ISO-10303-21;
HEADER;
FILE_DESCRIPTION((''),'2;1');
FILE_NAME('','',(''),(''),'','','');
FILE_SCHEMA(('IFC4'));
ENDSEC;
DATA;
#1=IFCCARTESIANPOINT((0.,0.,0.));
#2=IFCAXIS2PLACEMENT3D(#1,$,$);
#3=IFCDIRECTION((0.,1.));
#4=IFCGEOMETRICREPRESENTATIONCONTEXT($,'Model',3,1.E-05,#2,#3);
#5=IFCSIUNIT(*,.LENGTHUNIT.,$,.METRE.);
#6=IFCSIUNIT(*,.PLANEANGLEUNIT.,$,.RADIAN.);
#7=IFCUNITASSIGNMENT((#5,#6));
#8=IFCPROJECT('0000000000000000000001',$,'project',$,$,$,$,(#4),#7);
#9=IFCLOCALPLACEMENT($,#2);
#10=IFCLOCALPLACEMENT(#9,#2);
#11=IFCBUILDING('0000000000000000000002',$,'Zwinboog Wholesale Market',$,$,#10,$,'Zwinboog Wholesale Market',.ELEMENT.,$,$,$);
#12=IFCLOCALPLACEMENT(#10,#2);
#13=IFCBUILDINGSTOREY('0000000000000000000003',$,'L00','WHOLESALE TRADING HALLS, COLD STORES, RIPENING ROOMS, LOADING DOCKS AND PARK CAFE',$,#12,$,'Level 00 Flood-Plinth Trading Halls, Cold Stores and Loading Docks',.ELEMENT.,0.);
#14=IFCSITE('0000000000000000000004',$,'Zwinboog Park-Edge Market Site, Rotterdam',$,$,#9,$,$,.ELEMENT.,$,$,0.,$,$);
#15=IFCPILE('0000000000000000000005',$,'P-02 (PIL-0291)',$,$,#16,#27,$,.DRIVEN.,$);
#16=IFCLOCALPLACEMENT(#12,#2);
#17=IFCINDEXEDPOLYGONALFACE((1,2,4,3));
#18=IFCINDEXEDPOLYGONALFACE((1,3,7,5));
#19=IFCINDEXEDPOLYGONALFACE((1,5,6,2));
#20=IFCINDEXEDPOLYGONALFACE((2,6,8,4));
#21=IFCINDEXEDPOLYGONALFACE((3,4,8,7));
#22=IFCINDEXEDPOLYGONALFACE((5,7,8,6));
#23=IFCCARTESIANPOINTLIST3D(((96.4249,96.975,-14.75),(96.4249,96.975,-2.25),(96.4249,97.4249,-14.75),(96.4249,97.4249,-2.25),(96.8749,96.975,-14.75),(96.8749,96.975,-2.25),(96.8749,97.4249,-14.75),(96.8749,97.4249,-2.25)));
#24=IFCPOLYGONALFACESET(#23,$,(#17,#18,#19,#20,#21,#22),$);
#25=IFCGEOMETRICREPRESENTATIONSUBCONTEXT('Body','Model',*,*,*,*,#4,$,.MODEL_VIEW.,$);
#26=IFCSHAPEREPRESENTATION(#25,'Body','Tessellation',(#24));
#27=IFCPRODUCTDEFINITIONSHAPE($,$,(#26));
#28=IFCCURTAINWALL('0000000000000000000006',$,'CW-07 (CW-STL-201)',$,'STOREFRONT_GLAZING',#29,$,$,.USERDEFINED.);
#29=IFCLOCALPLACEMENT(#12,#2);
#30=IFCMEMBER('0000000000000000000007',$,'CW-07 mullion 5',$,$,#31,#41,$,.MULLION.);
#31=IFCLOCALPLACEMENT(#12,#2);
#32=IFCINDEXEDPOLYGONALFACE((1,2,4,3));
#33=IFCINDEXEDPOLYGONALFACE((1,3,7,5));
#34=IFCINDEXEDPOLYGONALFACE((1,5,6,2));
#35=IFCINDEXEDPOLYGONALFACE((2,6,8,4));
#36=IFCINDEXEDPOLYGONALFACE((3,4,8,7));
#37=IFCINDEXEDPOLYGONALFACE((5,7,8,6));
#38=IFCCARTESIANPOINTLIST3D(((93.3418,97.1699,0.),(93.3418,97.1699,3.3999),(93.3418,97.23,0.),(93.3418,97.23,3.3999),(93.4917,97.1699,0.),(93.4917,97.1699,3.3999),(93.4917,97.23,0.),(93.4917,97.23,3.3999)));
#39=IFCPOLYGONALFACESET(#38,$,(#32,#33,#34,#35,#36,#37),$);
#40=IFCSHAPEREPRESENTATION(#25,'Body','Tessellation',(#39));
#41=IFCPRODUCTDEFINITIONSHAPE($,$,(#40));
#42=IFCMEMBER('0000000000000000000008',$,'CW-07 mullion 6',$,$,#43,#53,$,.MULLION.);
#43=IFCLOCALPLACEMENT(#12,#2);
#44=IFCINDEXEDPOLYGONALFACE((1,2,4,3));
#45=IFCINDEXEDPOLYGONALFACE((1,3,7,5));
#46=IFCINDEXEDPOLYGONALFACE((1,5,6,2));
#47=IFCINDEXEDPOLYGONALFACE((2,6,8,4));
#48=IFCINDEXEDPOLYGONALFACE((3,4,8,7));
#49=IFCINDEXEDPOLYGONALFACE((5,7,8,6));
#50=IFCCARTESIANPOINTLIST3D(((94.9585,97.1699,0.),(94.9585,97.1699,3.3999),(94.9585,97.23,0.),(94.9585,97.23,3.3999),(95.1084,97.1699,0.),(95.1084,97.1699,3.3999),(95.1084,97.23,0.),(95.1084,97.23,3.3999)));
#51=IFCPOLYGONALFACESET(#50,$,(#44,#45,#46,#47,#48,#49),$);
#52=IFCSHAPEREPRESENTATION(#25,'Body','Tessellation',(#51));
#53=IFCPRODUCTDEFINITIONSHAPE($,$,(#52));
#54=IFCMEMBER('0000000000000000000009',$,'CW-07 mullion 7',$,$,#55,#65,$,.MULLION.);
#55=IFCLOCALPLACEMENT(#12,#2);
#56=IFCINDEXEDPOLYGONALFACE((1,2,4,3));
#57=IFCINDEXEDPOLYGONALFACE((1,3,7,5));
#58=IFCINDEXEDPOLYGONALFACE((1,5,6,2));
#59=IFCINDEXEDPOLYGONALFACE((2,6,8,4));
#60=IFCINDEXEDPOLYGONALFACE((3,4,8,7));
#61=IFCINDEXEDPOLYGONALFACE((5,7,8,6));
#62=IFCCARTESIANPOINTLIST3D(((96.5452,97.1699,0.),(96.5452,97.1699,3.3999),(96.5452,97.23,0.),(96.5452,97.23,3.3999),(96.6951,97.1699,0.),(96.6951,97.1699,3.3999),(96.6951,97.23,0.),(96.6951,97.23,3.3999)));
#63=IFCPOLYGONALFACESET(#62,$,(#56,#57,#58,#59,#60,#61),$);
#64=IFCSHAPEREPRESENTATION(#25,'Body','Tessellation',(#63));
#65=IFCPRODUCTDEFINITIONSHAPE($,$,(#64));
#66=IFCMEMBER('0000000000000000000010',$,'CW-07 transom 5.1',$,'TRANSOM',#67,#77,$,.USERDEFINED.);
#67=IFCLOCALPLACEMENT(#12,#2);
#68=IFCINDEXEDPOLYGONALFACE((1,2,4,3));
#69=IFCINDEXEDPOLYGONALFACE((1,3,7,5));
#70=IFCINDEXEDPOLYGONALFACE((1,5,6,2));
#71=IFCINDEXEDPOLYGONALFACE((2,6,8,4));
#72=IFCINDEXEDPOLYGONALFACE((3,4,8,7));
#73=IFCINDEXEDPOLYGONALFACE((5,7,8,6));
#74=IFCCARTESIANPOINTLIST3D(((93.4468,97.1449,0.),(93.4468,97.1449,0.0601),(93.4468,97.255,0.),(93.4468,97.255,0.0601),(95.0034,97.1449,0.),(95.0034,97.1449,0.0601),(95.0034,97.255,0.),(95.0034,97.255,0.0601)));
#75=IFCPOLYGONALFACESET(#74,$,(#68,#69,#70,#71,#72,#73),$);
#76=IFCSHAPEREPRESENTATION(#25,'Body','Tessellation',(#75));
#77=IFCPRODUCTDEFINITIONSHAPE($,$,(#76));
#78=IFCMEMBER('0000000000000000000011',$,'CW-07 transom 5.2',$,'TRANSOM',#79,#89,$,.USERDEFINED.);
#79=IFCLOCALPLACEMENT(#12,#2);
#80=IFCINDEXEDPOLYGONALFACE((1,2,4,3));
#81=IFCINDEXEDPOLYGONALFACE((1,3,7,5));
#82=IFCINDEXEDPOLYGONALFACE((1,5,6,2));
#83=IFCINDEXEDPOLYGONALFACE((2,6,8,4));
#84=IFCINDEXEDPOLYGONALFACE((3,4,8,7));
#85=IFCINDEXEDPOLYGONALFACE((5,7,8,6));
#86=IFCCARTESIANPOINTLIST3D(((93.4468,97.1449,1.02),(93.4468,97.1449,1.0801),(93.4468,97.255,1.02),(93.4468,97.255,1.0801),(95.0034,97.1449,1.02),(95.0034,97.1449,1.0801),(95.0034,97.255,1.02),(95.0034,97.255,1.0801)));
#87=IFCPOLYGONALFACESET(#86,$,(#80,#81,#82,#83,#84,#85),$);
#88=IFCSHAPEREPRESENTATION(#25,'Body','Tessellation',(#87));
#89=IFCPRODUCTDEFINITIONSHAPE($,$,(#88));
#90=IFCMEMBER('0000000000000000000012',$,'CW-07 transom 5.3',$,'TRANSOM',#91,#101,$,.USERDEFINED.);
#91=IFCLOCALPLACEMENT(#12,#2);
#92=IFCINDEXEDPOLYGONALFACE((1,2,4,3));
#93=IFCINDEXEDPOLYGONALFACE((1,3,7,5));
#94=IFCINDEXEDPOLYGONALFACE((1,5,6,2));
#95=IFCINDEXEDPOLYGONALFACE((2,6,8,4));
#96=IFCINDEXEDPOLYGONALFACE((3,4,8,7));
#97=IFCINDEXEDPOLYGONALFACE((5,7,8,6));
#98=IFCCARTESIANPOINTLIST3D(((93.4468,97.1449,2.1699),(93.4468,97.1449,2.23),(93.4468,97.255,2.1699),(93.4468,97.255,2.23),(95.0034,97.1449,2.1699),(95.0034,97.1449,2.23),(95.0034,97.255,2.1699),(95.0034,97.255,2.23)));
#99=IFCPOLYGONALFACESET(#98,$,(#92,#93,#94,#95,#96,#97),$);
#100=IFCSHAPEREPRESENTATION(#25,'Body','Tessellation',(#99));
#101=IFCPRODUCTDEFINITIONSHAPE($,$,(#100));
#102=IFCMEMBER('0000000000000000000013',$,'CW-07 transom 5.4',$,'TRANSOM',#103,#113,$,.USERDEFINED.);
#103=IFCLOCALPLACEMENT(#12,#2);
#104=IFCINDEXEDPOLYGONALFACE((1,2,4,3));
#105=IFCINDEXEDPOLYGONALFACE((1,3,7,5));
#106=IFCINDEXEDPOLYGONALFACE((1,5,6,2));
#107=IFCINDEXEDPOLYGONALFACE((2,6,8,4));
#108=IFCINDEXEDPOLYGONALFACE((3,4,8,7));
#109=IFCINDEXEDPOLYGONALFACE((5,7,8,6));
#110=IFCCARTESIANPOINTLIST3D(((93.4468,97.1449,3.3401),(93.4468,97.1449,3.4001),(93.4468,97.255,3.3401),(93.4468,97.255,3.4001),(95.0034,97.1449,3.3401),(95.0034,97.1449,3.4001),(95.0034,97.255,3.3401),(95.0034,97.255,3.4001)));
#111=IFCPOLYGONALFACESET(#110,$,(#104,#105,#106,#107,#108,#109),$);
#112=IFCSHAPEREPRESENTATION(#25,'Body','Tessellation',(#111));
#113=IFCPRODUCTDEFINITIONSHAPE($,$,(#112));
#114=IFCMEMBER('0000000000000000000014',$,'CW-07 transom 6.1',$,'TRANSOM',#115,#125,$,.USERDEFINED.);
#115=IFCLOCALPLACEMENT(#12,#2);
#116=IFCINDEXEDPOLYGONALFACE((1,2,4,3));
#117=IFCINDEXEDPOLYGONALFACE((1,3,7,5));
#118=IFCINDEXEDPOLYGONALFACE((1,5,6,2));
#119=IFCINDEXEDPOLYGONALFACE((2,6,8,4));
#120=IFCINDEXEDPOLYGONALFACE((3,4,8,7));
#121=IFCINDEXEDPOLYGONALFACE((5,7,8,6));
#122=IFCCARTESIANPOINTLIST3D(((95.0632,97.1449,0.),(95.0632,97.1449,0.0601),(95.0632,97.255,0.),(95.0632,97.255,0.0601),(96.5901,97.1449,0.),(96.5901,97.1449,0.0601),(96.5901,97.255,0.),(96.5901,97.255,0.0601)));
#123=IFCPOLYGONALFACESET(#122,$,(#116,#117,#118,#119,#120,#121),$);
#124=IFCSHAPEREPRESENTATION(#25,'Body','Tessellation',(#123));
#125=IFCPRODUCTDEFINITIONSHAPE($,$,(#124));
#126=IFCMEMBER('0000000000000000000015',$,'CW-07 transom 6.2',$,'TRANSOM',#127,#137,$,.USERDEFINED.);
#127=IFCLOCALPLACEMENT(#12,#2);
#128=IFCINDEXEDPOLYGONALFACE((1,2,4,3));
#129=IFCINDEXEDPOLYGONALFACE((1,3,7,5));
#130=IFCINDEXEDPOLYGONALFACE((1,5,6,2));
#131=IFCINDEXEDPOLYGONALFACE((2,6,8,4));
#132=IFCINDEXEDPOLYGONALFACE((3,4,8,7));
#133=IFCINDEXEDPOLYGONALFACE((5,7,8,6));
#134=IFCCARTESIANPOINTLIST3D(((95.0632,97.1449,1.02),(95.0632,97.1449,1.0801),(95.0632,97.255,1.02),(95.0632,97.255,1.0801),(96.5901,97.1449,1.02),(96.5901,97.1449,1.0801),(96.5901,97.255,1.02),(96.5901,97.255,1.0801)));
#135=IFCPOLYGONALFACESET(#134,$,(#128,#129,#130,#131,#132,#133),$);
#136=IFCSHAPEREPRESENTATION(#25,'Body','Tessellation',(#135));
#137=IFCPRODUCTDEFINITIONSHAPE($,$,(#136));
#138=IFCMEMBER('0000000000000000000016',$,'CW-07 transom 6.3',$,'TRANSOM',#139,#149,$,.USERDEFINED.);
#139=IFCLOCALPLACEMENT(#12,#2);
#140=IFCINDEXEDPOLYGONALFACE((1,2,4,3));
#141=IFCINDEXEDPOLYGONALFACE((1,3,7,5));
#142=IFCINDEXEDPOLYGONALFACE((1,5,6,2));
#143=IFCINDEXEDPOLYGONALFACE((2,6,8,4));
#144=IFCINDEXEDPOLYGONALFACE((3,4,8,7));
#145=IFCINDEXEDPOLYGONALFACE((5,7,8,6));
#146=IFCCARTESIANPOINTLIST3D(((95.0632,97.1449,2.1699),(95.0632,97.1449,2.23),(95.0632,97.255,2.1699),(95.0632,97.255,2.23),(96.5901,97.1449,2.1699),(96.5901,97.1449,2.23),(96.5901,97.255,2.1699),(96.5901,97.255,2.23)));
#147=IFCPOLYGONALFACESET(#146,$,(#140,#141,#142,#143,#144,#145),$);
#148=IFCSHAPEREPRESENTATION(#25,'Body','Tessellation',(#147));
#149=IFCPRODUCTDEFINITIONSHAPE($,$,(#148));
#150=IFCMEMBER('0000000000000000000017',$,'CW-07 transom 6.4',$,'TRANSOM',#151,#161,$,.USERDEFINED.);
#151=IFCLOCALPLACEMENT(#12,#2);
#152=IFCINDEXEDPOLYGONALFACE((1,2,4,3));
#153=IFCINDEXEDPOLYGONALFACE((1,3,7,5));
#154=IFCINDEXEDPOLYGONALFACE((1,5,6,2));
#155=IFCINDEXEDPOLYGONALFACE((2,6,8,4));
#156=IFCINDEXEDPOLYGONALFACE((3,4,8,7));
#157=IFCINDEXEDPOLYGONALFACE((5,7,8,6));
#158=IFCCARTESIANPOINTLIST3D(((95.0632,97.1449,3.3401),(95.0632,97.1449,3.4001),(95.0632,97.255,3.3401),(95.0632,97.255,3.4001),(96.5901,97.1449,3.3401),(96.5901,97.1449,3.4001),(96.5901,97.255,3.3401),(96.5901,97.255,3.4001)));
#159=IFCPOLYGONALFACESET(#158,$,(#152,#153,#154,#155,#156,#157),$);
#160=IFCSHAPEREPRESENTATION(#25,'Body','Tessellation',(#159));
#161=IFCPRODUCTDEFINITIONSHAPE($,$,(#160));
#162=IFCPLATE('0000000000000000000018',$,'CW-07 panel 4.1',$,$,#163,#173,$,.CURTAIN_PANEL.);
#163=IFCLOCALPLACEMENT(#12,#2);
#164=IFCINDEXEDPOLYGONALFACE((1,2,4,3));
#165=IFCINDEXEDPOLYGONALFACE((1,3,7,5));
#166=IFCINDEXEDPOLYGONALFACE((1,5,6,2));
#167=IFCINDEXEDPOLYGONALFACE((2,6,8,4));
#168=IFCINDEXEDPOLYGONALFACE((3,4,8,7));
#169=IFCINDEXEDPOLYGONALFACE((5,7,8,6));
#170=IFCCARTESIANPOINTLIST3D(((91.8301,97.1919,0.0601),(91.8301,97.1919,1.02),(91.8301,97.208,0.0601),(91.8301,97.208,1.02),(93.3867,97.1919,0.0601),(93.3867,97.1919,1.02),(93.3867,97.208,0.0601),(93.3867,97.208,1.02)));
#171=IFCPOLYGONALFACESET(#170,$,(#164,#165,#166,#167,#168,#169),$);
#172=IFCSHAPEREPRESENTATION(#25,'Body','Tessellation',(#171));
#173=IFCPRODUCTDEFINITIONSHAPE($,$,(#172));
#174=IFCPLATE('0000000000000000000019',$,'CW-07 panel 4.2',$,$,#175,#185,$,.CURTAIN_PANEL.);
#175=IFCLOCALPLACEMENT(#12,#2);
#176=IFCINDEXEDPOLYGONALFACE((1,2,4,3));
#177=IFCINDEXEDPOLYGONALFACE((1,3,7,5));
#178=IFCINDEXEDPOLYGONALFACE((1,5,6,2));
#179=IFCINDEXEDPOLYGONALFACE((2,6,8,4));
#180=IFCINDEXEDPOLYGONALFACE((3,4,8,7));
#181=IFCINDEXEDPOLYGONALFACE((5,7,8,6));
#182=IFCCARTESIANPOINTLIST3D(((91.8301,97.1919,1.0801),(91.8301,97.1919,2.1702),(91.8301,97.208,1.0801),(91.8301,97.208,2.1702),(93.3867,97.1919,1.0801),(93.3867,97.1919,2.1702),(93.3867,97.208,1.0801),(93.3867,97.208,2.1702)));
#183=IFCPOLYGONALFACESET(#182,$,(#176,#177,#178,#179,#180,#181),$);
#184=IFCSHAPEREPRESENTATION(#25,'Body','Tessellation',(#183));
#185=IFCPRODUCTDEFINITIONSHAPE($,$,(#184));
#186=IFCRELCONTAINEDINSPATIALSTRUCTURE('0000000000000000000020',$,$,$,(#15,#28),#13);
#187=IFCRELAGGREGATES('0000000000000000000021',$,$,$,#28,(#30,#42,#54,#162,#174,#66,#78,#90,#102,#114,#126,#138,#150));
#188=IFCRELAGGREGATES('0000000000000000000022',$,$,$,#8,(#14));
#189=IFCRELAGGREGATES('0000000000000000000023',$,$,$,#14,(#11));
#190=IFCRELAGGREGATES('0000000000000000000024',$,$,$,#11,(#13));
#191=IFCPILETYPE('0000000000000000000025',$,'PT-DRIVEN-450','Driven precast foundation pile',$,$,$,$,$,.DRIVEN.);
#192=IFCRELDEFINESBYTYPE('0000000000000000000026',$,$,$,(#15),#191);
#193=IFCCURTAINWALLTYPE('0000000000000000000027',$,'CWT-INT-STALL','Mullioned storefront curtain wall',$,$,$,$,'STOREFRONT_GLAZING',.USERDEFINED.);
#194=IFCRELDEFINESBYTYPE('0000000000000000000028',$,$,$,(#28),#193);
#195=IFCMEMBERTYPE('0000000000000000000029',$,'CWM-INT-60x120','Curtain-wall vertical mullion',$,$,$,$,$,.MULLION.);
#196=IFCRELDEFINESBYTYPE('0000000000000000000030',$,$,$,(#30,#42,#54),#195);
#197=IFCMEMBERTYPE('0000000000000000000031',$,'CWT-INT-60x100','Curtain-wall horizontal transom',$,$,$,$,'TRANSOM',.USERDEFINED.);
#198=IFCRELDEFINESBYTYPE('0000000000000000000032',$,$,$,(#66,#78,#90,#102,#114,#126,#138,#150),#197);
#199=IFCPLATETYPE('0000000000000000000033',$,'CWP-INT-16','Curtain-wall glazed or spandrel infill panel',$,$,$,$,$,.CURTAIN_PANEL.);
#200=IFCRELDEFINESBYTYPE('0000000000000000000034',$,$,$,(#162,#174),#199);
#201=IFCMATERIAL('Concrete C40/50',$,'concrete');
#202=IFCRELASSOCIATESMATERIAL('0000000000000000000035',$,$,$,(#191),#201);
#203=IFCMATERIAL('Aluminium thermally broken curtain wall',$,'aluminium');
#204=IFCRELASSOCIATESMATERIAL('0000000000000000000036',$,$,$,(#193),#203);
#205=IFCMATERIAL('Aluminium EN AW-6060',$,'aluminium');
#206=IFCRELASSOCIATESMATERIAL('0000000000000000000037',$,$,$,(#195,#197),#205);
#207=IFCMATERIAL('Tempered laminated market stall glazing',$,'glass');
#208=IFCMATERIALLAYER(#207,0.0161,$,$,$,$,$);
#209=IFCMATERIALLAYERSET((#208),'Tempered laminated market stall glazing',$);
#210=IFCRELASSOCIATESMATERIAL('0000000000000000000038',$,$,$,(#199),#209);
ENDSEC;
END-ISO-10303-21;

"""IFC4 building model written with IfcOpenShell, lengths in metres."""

from ifc_helpers import new_model, si_unit, direction, frame, origin, origin_2d, place, context, subcontext, project, spatial, rectangle, extrude, material, layer, layer_set, material_profile, profile_set, type_object, element, aggregate, save


model = new_model("IFC4")

# Units and contexts
model_context = context("Model", 3, precision=1e-05, world=origin(), true_north=direction((0.0, 1.0)))
body_context = subcontext(model_context, "Body", "Model", "MODEL_VIEW")
ifc_project = project(units=[si_unit("LENGTHUNIT", "METRE"), si_unit("PLANEANGLEUNIT", "RADIAN")], contexts=[model_context])

# Site, building, storey
site_placement = place(None, origin())
site = spatial("IfcSite", under=ifc_project, at=site_placement, Name="Zwinboog Park-Edge Market Site, Rotterdam", CompositionType="ELEMENT", RefElevation=0.0)
building_placement = place(site_placement, origin())
building = spatial("IfcBuilding", under=site, at=building_placement, Name="Zwinboog Wholesale Market", LongName="Zwinboog Wholesale Market", CompositionType="ELEMENT")
storey_placement = place(building_placement, origin())
storey = spatial("IfcBuildingStorey", under=building, at=storey_placement, Name="L00", Description="WHOLESALE TRADING HALLS, COLD STORES, RIPENING ROOMS, LOADING DOCKS AND PARK CAFE", LongName="Level 00 Flood-Plinth Trading Halls, Cold Stores and Loading Docks", CompositionType="ELEMENT", Elevation=0.0)

# Pile
ifc_material_1 = material(Name="Concrete C40/50", Category="concrete")
ifc_material_profile_1 = material_profile(ifc_material_1, rectangle(XDim=0.45, YDim=0.45, at=origin_2d()), Name="PILE SQ450")
ifc_profile_set_1 = profile_set([ifc_material_profile_1], Name="Concrete C40/50")
pile_type = type_object("IfcPileType", Name="PT-DRIVEN-450", Description="Driven precast foundation pile", PredefinedType="DRIVEN", material=ifc_profile_set_1)
pile_placement = place(storey_placement, frame((96.6499, 97.2, -2.25), z_axis=(0.0, 0.0, -1.0), x_axis=(1.0, 0.0, 0.0)))
element("IfcPile", 1, at=pile_placement, inside=storey, type_object=pile_type, Name="P-02 (PIL-0291)", PredefinedType="DRIVEN", context=body_context, shape_type="SweptSolid", body=[
    extrude(rectangle(XDim=0.45, YDim=0.45, at=origin_2d()), origin(), (0.0, 0.0, 1.0), 12.5),
])

# Curtain wall, members, plates
ifc_material_2 = material(Name="Aluminium thermally broken curtain wall", Category="aluminium")
curtain_wall_type = type_object("IfcCurtainWallType", Name="CWT-INT-STALL", Description="Mullioned storefront curtain wall", ElementType="STOREFRONT_GLAZING", PredefinedType="USERDEFINED", material=ifc_material_2)
curtain_wall_placement = place(storey_placement, origin())
curtain_wall = element("IfcCurtainWall", 2, at=curtain_wall_placement, inside=storey, type_object=curtain_wall_type, Name="CW-07 (CW-STL-201)", ObjectType="STOREFRONT_GLAZING", PredefinedType="USERDEFINED")
ifc_material_3 = material(Name="Aluminium EN AW-6060", Category="aluminium")
ifc_material_profile_2 = material_profile(ifc_material_3, rectangle(XDim=0.0601, YDim=0.1499, at=origin_2d()), Name="AL 60x150")
ifc_profile_set_2 = profile_set([ifc_material_profile_2], Name="Aluminium EN AW-6060")
member_type_1 = type_object("IfcMemberType", Name="CWM-INT-60x120", Description="Curtain-wall vertical mullion", PredefinedType="MULLION", material=ifc_profile_set_2)
member_1_placement = place(storey_placement, frame((93.4167, 97.2, 0.0), z_axis=(0.0, 0.0, 1.0), x_axis=(0.0, 1.0, 0.0)))
member_1 = element("IfcMember", 3, at=member_1_placement, type_object=member_type_1, Name="CW-07 mullion 5", PredefinedType="MULLION", context=body_context, shape_type="SweptSolid", body=[
    extrude(rectangle(XDim=0.0601, YDim=0.1499, at=origin_2d()), origin(), (0.0, 0.0, 1.0), 3.3999),
])
member_2_placement = place(storey_placement, frame((95.0334, 97.2, 0.0), z_axis=(0.0, 0.0, 1.0), x_axis=(0.0, 1.0, 0.0)))
member_2 = element("IfcMember", 4, at=member_2_placement, type_object=member_type_1, Name="CW-07 mullion 6", PredefinedType="MULLION", context=body_context, shape_type="SweptSolid", body=[
    extrude(rectangle(XDim=0.0601, YDim=0.1499, at=origin_2d()), origin(), (0.0, 0.0, 1.0), 3.3999),
])
member_3_placement = place(storey_placement, frame((96.6201, 97.2, 0.0), z_axis=(0.0, 0.0, 1.0), x_axis=(0.0, 1.0, 0.0)))
member_3 = element("IfcMember", 5, at=member_3_placement, type_object=member_type_1, Name="CW-07 mullion 7", PredefinedType="MULLION", context=body_context, shape_type="SweptSolid", body=[
    extrude(rectangle(XDim=0.0601, YDim=0.1499, at=origin_2d()), origin(), (0.0, 0.0, 1.0), 3.3999),
])
ifc_material_profile_3 = material_profile(ifc_material_3, rectangle(XDim=0.1101, YDim=0.0601, at=origin_2d()), Name="AL 60x110")
ifc_profile_set_3 = profile_set([ifc_material_profile_3], Name="Aluminium EN AW-6060")
member_type_2 = type_object("IfcMemberType", Name="CWT-INT-60x100", Description="Curtain-wall horizontal transom", ElementType="TRANSOM", PredefinedType="USERDEFINED", material=ifc_profile_set_3)
member_4_placement = place(storey_placement, frame((93.4468, 97.2, 0.03), z_axis=(1.0, 0.0, 0.0), x_axis=(0.0, 1.0, 0.0)))
member_4 = element("IfcMember", 6, at=member_4_placement, type_object=member_type_2, Name="CW-07 transom 5.1", ObjectType="TRANSOM", PredefinedType="USERDEFINED", context=body_context, shape_type="SweptSolid", body=[
    extrude(rectangle(XDim=0.1101, YDim=0.0601, at=origin_2d()), origin(), (0.0, 0.0, 1.0), 1.5566),
])
member_5_placement = place(storey_placement, frame((93.4468, 97.2, 1.05), z_axis=(1.0, 0.0, 0.0), x_axis=(0.0, 1.0, 0.0)))
member_5 = element("IfcMember", 7, at=member_5_placement, type_object=member_type_2, Name="CW-07 transom 5.2", ObjectType="TRANSOM", PredefinedType="USERDEFINED", context=body_context, shape_type="SweptSolid", body=[
    extrude(rectangle(XDim=0.1101, YDim=0.0601, at=origin_2d()), origin(), (0.0, 0.0, 1.0), 1.5566),
])
member_6_placement = place(storey_placement, frame((93.4468, 97.2, 2.2), z_axis=(1.0, 0.0, 0.0), x_axis=(0.0, 1.0, 0.0)))
member_6 = element("IfcMember", 8, at=member_6_placement, type_object=member_type_2, Name="CW-07 transom 5.3", ObjectType="TRANSOM", PredefinedType="USERDEFINED", context=body_context, shape_type="SweptSolid", body=[
    extrude(rectangle(XDim=0.1101, YDim=0.0601, at=origin_2d()), origin(), (0.0, 0.0, 1.0), 1.5566),
])
member_7_placement = place(storey_placement, frame((93.4468, 97.2, 3.3701), z_axis=(1.0, 0.0, 0.0), x_axis=(0.0, 1.0, 0.0)))
member_7 = element("IfcMember", 9, at=member_7_placement, type_object=member_type_2, Name="CW-07 transom 5.4", ObjectType="TRANSOM", PredefinedType="USERDEFINED", context=body_context, shape_type="SweptSolid", body=[
    extrude(rectangle(XDim=0.1101, YDim=0.0601, at=origin_2d()), origin(), (0.0, 0.0, 1.0), 1.5566),
])
member_8_placement = place(storey_placement, frame((95.0632, 97.2, 0.03), z_axis=(1.0, 0.0, 0.0), x_axis=(0.0, 1.0, 0.0)))
member_8 = element("IfcMember", 10, at=member_8_placement, type_object=member_type_2, Name="CW-07 transom 6.1", ObjectType="TRANSOM", PredefinedType="USERDEFINED", context=body_context, shape_type="SweptSolid", body=[
    extrude(rectangle(XDim=0.1101, YDim=0.0601, at=origin_2d()), origin(), (0.0, 0.0, 1.0), 1.5269),
])
member_9_placement = place(storey_placement, frame((95.0632, 97.2, 1.05), z_axis=(1.0, 0.0, 0.0), x_axis=(0.0, 1.0, 0.0)))
member_9 = element("IfcMember", 11, at=member_9_placement, type_object=member_type_2, Name="CW-07 transom 6.2", ObjectType="TRANSOM", PredefinedType="USERDEFINED", context=body_context, shape_type="SweptSolid", body=[
    extrude(rectangle(XDim=0.1101, YDim=0.0601, at=origin_2d()), origin(), (0.0, 0.0, 1.0), 1.5269),
])
member_10_placement = place(storey_placement, frame((95.0632, 97.2, 2.2), z_axis=(1.0, 0.0, 0.0), x_axis=(0.0, 1.0, 0.0)))
member_10 = element("IfcMember", 12, at=member_10_placement, type_object=member_type_2, Name="CW-07 transom 6.3", ObjectType="TRANSOM", PredefinedType="USERDEFINED", context=body_context, shape_type="SweptSolid", body=[
    extrude(rectangle(XDim=0.1101, YDim=0.0601, at=origin_2d()), origin(), (0.0, 0.0, 1.0), 1.5269),
])
member_11_placement = place(storey_placement, frame((95.0632, 97.2, 3.3701), z_axis=(1.0, 0.0, 0.0), x_axis=(0.0, 1.0, 0.0)))
member_11 = element("IfcMember", 13, at=member_11_placement, type_object=member_type_2, Name="CW-07 transom 6.4", ObjectType="TRANSOM", PredefinedType="USERDEFINED", context=body_context, shape_type="SweptSolid", body=[
    extrude(rectangle(XDim=0.1101, YDim=0.0601, at=origin_2d()), origin(), (0.0, 0.0, 1.0), 1.5269),
])
ifc_material_4 = material(Name="Tempered laminated market stall glazing", Category="glass")
ifc_layer = layer(ifc_material_4, 0.0161)
ifc_layer_set = layer_set([ifc_layer], Name="Tempered laminated market stall glazing")
plate_type = type_object("IfcPlateType", Name="CWP-INT-16", Description="Curtain-wall glazed or spandrel infill panel", PredefinedType="CURTAIN_PANEL", material=ifc_layer_set)
plate_1_placement = place(storey_placement, frame((92.6084, 97.2, 0.0601), z_axis=(0.0, 0.0, 1.0), x_axis=(1.0, 0.0, 0.0)))
plate_1 = element("IfcPlate", 14, at=plate_1_placement, type_object=plate_type, Name="CW-07 panel 4.1", PredefinedType="CURTAIN_PANEL", context=body_context, shape_type="SweptSolid", body=[
    extrude(rectangle(XDim=1.5566, YDim=0.0161, at=origin_2d()), origin(), (0.0, 0.0, 1.0), 0.96),
])
plate_2_placement = place(storey_placement, frame((92.6084, 97.2, 1.0801), z_axis=(0.0, 0.0, 1.0), x_axis=(1.0, 0.0, 0.0)))
plate_2 = element("IfcPlate", 15, at=plate_2_placement, type_object=plate_type, Name="CW-07 panel 4.2", PredefinedType="CURTAIN_PANEL", context=body_context, shape_type="SweptSolid", body=[
    extrude(rectangle(XDim=1.5566, YDim=0.0161, at=origin_2d()), origin(), (0.0, 0.0, 1.0), 1.0901),
])
aggregate(curtain_wall, [member_1, member_2, member_3, plate_1, plate_2, member_4, member_5, member_6, member_7, member_8, member_9, member_10, member_11])

save(model, "model.ifc")
